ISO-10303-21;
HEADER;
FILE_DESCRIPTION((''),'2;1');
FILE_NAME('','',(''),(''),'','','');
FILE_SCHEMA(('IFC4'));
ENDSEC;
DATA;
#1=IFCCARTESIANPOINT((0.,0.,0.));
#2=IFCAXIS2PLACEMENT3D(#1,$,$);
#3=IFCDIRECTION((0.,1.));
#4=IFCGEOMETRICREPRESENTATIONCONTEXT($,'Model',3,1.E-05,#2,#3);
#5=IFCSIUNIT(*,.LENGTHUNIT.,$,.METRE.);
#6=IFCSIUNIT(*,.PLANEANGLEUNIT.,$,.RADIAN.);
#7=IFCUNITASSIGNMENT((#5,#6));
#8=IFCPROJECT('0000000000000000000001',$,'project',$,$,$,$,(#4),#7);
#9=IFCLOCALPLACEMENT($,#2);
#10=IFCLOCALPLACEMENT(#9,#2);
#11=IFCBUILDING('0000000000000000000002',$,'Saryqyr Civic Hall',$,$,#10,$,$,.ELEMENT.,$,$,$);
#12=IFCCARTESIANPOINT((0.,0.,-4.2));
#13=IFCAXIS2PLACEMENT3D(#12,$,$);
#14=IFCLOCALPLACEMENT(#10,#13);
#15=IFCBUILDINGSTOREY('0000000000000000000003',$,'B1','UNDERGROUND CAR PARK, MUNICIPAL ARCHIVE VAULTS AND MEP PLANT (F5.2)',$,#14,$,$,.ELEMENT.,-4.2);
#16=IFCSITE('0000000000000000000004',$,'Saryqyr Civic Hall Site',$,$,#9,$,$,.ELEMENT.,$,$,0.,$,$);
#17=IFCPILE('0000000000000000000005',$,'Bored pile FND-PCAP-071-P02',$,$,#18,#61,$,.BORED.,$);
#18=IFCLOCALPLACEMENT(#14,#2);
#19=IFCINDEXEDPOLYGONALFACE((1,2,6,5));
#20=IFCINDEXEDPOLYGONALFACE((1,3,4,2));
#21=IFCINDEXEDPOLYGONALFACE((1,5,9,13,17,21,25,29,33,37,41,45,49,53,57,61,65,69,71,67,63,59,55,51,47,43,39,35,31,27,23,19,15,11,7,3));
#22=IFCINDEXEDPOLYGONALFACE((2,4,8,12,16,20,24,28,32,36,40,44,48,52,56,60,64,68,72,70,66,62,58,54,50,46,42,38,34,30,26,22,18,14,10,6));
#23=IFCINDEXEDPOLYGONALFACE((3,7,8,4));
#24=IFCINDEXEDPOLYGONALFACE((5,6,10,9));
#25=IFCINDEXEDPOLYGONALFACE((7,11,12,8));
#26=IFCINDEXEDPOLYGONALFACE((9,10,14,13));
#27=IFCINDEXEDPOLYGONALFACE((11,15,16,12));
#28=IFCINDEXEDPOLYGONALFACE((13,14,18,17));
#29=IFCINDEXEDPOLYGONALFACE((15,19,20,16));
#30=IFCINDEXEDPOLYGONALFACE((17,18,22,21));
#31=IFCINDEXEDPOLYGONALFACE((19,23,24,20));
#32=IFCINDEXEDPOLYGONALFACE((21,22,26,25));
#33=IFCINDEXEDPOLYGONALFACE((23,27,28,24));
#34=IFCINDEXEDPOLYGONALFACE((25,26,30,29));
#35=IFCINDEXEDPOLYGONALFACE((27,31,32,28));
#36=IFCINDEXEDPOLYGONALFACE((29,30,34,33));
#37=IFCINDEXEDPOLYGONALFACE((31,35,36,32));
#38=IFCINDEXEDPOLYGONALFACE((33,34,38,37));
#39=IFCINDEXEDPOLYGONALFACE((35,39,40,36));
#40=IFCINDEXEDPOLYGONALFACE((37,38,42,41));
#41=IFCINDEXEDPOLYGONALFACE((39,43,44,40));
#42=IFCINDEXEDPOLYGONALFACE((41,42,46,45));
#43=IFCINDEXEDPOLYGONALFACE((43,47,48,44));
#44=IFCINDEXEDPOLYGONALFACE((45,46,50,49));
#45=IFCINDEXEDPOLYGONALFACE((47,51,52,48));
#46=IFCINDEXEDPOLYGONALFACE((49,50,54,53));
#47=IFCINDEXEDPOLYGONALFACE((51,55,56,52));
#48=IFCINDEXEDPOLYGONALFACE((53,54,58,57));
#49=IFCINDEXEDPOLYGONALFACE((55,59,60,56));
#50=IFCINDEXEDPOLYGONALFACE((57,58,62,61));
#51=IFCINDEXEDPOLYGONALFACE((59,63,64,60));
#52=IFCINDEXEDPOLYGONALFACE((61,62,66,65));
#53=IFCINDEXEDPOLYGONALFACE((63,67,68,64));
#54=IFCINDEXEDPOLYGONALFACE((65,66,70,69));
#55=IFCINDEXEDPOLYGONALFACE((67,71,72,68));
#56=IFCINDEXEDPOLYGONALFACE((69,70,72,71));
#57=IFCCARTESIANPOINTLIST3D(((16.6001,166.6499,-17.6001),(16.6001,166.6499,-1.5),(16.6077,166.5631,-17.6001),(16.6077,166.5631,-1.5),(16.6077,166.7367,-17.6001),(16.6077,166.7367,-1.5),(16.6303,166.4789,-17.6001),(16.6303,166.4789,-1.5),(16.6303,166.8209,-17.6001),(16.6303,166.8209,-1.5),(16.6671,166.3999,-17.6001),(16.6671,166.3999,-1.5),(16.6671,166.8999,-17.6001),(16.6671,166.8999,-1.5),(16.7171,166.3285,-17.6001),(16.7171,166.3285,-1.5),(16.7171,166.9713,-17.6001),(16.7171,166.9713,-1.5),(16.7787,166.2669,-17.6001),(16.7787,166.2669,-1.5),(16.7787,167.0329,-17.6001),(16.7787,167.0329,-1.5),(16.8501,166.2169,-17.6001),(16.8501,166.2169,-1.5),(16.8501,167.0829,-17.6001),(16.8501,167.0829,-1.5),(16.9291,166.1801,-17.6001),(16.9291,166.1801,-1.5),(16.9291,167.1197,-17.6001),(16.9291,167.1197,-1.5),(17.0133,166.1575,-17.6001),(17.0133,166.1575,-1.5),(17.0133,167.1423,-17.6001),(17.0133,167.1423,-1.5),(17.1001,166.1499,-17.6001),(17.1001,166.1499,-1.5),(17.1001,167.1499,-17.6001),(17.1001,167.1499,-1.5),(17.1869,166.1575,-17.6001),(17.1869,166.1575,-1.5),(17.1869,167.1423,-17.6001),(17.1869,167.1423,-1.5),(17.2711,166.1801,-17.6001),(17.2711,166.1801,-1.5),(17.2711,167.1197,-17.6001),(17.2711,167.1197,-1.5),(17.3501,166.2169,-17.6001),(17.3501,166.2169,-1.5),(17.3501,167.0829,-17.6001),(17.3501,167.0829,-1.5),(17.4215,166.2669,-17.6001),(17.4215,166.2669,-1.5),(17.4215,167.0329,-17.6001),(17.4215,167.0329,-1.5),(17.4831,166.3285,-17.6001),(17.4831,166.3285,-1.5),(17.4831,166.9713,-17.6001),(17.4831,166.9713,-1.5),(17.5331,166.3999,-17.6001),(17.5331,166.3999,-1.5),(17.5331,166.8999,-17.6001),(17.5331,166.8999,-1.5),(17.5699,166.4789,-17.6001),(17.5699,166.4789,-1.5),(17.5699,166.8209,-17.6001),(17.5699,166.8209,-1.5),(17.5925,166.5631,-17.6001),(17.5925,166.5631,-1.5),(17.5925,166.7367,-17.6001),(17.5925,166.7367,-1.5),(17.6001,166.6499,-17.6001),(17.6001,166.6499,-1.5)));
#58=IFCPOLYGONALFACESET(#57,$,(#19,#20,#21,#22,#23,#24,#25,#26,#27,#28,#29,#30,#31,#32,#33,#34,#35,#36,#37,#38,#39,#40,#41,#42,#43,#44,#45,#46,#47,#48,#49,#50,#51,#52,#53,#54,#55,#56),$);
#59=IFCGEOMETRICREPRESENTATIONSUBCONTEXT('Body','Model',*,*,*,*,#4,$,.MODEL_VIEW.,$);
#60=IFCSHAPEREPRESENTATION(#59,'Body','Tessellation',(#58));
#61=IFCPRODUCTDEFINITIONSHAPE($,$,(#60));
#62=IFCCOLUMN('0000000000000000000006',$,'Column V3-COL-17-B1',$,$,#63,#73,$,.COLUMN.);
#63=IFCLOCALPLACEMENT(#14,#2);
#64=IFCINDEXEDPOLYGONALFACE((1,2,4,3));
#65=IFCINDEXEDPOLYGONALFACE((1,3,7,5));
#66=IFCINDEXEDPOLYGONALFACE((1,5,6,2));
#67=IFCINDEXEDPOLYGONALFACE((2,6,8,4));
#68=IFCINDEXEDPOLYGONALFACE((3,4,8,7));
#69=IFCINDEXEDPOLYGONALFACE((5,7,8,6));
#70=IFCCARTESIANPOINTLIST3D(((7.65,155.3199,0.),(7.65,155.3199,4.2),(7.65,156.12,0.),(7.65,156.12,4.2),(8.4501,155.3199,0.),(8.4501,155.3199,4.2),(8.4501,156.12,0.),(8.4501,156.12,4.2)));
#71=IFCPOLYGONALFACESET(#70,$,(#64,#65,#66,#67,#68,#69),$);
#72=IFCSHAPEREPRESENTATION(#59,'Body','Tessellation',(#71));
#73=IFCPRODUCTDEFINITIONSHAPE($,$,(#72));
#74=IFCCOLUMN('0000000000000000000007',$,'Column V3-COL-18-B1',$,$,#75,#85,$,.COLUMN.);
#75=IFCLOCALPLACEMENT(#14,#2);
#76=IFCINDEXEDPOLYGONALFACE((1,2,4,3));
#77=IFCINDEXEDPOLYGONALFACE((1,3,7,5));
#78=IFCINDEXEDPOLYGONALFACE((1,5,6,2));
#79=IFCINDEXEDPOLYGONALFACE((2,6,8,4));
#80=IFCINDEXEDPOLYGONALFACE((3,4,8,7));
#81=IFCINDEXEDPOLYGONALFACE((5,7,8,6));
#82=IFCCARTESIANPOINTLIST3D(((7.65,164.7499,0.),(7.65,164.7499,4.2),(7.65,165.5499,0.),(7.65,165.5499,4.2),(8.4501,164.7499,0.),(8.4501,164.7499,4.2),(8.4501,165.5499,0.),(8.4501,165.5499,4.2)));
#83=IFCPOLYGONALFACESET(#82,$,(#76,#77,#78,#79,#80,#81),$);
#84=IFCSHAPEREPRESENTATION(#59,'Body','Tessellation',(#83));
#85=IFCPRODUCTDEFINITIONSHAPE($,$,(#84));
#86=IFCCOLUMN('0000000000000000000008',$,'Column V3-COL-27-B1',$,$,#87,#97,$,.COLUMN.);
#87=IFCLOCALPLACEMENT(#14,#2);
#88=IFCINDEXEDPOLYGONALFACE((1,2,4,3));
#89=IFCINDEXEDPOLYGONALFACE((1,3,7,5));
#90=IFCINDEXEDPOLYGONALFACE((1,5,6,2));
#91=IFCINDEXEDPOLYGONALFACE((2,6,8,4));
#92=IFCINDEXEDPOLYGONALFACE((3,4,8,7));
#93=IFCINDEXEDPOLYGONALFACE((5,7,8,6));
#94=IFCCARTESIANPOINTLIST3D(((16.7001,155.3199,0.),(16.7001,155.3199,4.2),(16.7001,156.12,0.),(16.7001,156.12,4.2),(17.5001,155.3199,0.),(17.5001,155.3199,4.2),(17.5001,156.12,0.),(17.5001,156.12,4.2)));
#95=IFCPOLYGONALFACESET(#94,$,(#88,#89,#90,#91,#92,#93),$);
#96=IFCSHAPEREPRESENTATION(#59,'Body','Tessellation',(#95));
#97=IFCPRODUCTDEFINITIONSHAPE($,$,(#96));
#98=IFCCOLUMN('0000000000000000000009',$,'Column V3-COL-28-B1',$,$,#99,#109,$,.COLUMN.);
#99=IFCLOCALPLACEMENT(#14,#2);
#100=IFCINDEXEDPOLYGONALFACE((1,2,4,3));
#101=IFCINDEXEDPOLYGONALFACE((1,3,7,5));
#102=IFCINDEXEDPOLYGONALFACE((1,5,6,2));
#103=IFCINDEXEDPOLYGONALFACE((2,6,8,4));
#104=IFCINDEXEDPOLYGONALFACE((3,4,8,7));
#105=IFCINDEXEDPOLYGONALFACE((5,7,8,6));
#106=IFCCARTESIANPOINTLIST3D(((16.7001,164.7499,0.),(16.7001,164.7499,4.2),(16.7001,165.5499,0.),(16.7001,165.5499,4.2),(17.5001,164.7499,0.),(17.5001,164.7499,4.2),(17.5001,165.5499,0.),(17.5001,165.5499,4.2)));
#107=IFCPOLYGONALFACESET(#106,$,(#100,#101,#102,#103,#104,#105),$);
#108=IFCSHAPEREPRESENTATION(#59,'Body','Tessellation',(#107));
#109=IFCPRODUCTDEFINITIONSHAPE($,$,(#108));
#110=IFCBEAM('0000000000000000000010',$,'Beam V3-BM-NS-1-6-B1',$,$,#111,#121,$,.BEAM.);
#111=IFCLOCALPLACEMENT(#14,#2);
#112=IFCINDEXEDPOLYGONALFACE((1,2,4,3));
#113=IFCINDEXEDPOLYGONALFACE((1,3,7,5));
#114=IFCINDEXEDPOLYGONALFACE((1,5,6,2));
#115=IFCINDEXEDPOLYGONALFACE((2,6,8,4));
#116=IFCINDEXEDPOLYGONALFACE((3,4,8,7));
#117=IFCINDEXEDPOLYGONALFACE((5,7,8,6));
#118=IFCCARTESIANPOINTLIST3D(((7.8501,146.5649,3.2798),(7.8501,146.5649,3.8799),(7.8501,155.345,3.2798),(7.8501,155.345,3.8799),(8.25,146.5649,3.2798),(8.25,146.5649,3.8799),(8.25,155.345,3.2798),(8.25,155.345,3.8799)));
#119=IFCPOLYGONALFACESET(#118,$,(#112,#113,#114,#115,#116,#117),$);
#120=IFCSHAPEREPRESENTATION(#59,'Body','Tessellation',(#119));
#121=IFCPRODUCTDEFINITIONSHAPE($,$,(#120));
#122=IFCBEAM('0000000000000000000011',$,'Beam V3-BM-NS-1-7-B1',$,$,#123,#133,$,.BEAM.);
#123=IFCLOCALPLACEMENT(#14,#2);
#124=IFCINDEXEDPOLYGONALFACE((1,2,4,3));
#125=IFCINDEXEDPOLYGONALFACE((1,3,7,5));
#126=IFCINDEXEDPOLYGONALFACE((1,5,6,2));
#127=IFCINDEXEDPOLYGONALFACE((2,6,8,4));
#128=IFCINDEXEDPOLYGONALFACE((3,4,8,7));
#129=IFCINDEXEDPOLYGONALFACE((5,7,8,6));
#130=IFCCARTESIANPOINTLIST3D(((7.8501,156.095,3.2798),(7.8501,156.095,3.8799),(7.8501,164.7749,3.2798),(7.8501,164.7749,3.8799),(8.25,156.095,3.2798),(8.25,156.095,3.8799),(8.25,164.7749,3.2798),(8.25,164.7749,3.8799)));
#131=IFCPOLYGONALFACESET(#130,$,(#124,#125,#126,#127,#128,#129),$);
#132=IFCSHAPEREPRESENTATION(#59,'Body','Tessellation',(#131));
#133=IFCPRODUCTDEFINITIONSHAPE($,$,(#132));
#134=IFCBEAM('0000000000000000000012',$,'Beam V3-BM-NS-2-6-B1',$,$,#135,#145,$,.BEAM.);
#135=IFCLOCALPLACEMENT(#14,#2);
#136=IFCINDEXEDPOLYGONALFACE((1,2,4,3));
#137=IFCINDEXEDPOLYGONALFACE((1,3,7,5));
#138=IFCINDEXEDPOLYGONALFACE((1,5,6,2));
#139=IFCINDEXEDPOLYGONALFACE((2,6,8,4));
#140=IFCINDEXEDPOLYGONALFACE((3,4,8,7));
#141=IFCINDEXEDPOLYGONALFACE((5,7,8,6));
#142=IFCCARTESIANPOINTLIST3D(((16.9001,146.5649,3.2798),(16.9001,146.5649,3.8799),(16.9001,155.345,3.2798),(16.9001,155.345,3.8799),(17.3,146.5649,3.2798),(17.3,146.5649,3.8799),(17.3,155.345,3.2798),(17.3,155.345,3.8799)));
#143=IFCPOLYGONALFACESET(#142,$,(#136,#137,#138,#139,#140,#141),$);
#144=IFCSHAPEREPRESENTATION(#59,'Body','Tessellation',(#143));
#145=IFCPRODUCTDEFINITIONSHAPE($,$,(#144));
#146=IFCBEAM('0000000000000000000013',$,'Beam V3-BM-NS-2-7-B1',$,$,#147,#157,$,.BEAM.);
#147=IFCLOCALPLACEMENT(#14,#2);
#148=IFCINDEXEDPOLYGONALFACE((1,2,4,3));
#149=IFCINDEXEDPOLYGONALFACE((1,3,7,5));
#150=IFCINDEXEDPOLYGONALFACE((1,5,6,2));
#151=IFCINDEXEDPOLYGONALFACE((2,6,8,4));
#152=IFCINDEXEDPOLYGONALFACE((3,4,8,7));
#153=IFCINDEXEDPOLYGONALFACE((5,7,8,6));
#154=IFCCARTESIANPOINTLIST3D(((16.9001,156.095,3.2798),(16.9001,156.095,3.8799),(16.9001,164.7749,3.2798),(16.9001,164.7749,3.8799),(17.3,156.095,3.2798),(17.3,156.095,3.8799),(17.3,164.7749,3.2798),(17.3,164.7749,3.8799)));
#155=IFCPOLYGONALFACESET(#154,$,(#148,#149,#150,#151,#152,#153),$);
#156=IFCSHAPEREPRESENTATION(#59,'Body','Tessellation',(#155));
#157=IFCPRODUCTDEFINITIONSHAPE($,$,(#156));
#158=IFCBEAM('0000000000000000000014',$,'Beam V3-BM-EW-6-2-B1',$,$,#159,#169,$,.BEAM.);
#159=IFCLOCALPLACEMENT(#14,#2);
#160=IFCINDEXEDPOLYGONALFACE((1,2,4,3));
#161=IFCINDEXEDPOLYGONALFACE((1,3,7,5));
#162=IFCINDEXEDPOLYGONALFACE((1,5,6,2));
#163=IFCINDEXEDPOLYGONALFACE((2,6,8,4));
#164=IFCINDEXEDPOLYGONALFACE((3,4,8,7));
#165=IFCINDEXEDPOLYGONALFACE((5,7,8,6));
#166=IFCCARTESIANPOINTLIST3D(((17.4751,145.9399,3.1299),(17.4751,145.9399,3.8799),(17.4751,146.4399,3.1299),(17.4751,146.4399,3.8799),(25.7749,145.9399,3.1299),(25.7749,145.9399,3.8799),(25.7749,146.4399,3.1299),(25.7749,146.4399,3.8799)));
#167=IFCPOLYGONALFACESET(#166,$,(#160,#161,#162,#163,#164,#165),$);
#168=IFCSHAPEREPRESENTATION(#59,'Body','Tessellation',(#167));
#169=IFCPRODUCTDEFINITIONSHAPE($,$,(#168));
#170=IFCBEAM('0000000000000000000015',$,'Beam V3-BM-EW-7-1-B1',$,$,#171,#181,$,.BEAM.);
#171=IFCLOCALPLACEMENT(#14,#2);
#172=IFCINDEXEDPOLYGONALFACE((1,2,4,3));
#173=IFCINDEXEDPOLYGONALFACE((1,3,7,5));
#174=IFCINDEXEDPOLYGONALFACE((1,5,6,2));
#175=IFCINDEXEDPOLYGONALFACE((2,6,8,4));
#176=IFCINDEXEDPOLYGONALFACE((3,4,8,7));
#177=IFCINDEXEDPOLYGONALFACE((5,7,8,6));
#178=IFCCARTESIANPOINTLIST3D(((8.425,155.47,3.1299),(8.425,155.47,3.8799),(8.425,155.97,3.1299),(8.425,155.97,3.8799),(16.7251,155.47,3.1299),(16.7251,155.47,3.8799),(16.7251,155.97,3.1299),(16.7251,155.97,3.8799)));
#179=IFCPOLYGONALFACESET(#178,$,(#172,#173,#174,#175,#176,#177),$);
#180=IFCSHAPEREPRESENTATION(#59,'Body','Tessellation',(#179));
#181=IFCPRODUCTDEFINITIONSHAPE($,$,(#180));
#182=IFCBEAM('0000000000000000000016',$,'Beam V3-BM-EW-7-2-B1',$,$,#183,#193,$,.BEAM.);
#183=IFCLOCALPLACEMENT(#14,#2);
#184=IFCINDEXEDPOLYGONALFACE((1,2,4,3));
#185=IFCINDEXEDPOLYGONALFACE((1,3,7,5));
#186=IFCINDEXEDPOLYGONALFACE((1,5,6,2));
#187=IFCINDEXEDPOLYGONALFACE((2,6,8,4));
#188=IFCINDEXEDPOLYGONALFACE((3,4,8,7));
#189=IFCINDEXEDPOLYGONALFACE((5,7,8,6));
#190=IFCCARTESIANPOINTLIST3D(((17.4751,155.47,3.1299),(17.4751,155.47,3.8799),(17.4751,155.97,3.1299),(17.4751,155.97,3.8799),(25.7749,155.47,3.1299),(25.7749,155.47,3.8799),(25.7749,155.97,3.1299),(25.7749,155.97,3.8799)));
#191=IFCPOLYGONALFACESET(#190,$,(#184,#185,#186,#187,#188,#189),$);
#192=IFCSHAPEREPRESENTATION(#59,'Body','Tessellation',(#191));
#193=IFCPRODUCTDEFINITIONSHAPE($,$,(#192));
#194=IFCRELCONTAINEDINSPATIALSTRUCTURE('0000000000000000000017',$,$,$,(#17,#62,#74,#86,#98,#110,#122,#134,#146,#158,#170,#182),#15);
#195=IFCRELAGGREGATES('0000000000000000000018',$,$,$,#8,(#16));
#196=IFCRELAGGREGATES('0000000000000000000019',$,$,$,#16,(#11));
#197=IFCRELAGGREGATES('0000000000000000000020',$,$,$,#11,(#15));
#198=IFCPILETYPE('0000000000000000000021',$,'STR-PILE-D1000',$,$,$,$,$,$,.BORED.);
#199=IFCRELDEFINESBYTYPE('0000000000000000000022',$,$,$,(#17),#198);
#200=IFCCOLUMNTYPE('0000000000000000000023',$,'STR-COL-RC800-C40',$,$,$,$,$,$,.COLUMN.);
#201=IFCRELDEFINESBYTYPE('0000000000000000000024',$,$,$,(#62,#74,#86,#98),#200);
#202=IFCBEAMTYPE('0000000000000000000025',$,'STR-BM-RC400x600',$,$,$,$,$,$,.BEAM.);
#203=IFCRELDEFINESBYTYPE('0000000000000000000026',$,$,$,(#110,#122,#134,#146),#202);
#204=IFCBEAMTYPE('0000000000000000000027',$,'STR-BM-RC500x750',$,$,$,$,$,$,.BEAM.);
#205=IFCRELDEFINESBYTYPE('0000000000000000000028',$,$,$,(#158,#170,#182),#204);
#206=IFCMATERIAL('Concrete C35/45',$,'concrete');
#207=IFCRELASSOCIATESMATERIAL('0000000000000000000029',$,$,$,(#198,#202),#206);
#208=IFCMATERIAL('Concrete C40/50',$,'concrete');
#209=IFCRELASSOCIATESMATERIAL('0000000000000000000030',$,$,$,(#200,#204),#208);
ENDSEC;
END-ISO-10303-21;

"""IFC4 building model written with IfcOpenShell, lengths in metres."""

from ifc_helpers import new_model, si_unit, direction, frame, origin, origin_2d, place, context, subcontext, project, spatial, rectangle, circle, extrude, material, material_profile, profile_set, type_object, element, save


model = new_model("IFC4")

# Units and contexts
model_context = context("Model", 3, precision=1e-05, world=origin(), true_north=direction((0.0, 1.0)))
body_context = subcontext(model_context, "Body", "Model", "MODEL_VIEW")
ifc_project = project(units=[si_unit("LENGTHUNIT", "METRE"), si_unit("PLANEANGLEUNIT", "RADIAN")], contexts=[model_context])

# Site, building, storey
site_placement = place(None, origin())
site = spatial("IfcSite", under=ifc_project, at=site_placement, Name="Saryqyr Civic Hall Site", CompositionType="ELEMENT", RefElevation=0.0)
building_placement = place(site_placement, origin())
building = spatial("IfcBuilding", under=site, at=building_placement, Name="Saryqyr Civic Hall", CompositionType="ELEMENT")
storey_placement = place(building_placement, frame((0.0, 0.0, -4.2)))
storey = spatial("IfcBuildingStorey", under=building, at=storey_placement, Name="B1", Description="UNDERGROUND CAR PARK, MUNICIPAL ARCHIVE VAULTS AND MEP PLANT (F5.2)", CompositionType="ELEMENT", Elevation=-4.2)

# Shared definitions
ifc_material_1 = material(Name="Concrete C35/45", Category="concrete")

# Pile
ifc_material_profile_1 = material_profile(ifc_material_1, circle(Radius=0.5, at=origin_2d()), Name="BORED PILE D1000")
ifc_profile_set_1 = profile_set([ifc_material_profile_1], Name="Concrete C35/45")
pile_type = type_object("IfcPileType", Name="STR-PILE-D1000", PredefinedType="BORED", material=ifc_profile_set_1)
for number, where, z_axis, x_axis, name in (
    (1, (17.1001, 166.6499, -1.5), (0.0, 0.0, -1.0), (1.0, 0.0, 0.0), "Bored pile FND-PCAP-071-P02"),
):
    element("IfcPile", number, at=place(storey_placement, frame(where, z_axis=z_axis, x_axis=x_axis)), inside=storey, type_object=pile_type, Name=name, PredefinedType="BORED", context=body_context, shape_type="SweptSolid", body=[
        extrude(circle(Radius=0.5, at=origin_2d()), origin(), (0.0, 0.0, 1.0), 16.1001),
    ])

# Columns
ifc_material_2 = material(Name="Concrete C40/50", Category="concrete")
ifc_material_profile_2 = material_profile(ifc_material_2, rectangle(XDim=0.8, YDim=0.8, at=origin_2d()), Name="RC 800x800")
ifc_profile_set_2 = profile_set([ifc_material_profile_2], Name="Concrete C40/50")
column_type = type_object("IfcColumnType", Name="STR-COL-RC800-C40", PredefinedType="COLUMN", material=ifc_profile_set_2)
for number, where, z_axis, x_axis, name in (
    (2, (8.05, 155.72, 0.0), (0.0, 0.0, 1.0), (1.0, 0.0, 0.0), "Column V3-COL-17-B1"),
    (3, (8.05, 165.1499, 0.0), (0.0, 0.0, 1.0), (1.0, 0.0, 0.0), "Column V3-COL-18-B1"),
    (4, (17.1001, 155.72, 0.0), (0.0, 0.0, 1.0), (1.0, 0.0, 0.0), "Column V3-COL-27-B1"),
    (5, (17.1001, 165.1499, 0.0), (0.0, 0.0, 1.0), (1.0, 0.0, 0.0), "Column V3-COL-28-B1"),
):
    element("IfcColumn", number, at=place(storey_placement, frame(where, z_axis=z_axis, x_axis=x_axis)), inside=storey, type_object=column_type, Name=name, PredefinedType="COLUMN", context=body_context, shape_type="SweptSolid", body=[
        extrude(rectangle(XDim=0.8, YDim=0.8, at=origin_2d()), origin(), (0.0, 0.0, 1.0), 4.2),
    ])

# Beams
ifc_material_profile_3 = material_profile(ifc_material_1, rectangle(XDim=0.3999, YDim=0.6001, at=origin_2d()), Name="RC 400x600")
ifc_profile_set_3 = profile_set([ifc_material_profile_3], Name="Concrete C35/45")
beam_type_1 = type_object("IfcBeamType", Name="STR-BM-RC400x600", PredefinedType="BEAM", material=ifc_profile_set_3)
beam_1_placement = place(storey_placement, frame((8.05, 146.5649, 3.5798), z_axis=(0.0, 1.0, 0.0), x_axis=(-1.0, 0.0, 0.0)))
element("IfcBeam", 6, at=beam_1_placement, inside=storey, type_object=beam_type_1, Name="Beam V3-BM-NS-1-6-B1", PredefinedType="BEAM", context=body_context, shape_type="SweptSolid", body=[
    extrude(rectangle(XDim=0.3999, YDim=0.6001, at=origin_2d()), origin(), (0.0, 0.0, 1.0), 8.78),
])
beam_2_placement = place(storey_placement, frame((8.05, 156.095, 3.5798), z_axis=(0.0, 1.0, 0.0), x_axis=(-1.0, 0.0, 0.0)))
element("IfcBeam", 7, at=beam_2_placement, inside=storey, type_object=beam_type_1, Name="Beam V3-BM-NS-1-7-B1", PredefinedType="BEAM", context=body_context, shape_type="SweptSolid", body=[
    extrude(rectangle(XDim=0.3999, YDim=0.6001, at=origin_2d()), origin(), (0.0, 0.0, 1.0), 8.6799),
])
beam_3_placement = place(storey_placement, frame((17.1001, 146.5649, 3.5798), z_axis=(0.0, 1.0, 0.0), x_axis=(-1.0, 0.0, 0.0)))
element("IfcBeam", 8, at=beam_3_placement, inside=storey, type_object=beam_type_1, Name="Beam V3-BM-NS-2-6-B1", PredefinedType="BEAM", context=body_context, shape_type="SweptSolid", body=[
    extrude(rectangle(XDim=0.3999, YDim=0.6001, at=origin_2d()), origin(), (0.0, 0.0, 1.0), 8.78),
])
beam_4_placement = place(storey_placement, frame((17.1001, 156.095, 3.5798), z_axis=(0.0, 1.0, 0.0), x_axis=(-1.0, 0.0, 0.0)))
element("IfcBeam", 9, at=beam_4_placement, inside=storey, type_object=beam_type_1, Name="Beam V3-BM-NS-2-7-B1", PredefinedType="BEAM", context=body_context, shape_type="SweptSolid", body=[
    extrude(rectangle(XDim=0.3999, YDim=0.6001, at=origin_2d()), origin(), (0.0, 0.0, 1.0), 8.6799),
])
ifc_material_profile_4 = material_profile(ifc_material_2, rectangle(XDim=0.5, YDim=0.75, at=origin_2d()), Name="RC 500x750")
ifc_profile_set_4 = profile_set([ifc_material_profile_4], Name="Concrete C40/50")
beam_type_2 = type_object("IfcBeamType", Name="STR-BM-RC500x750", PredefinedType="BEAM", material=ifc_profile_set_4)
beam_5_placement = place(storey_placement, frame((17.4751, 146.1899, 3.5049), z_axis=(1.0, 0.0, 0.0), x_axis=(0.0, 1.0, 0.0)))
element("IfcBeam", 10, at=beam_5_placement, inside=storey, type_object=beam_type_2, Name="Beam V3-BM-EW-6-2-B1", PredefinedType="BEAM", context=body_context, shape_type="SweptSolid", body=[
    extrude(rectangle(XDim=0.5, YDim=0.75, at=origin_2d()), origin(), (0.0, 0.0, 1.0), 8.2998),
])
beam_6_placement = place(storey_placement, frame((8.425, 155.72, 3.5049), z_axis=(1.0, 0.0, 0.0), x_axis=(0.0, 1.0, 0.0)))
element("IfcBeam", 11, at=beam_6_placement, inside=storey, type_object=beam_type_2, Name="Beam V3-BM-EW-7-1-B1", PredefinedType="BEAM", context=body_context, shape_type="SweptSolid", body=[
    extrude(rectangle(XDim=0.5, YDim=0.75, at=origin_2d()), origin(), (0.0, 0.0, 1.0), 8.3),
])
beam_7_placement = place(storey_placement, frame((17.4751, 155.72, 3.5049), z_axis=(1.0, 0.0, 0.0), x_axis=(0.0, 1.0, 0.0)))
element("IfcBeam", 12, at=beam_7_placement, inside=storey, type_object=beam_type_2, Name="Beam V3-BM-EW-7-2-B1", PredefinedType="BEAM", context=body_context, shape_type="SweptSolid", body=[
    extrude(rectangle(XDim=0.5, YDim=0.75, at=origin_2d()), origin(), (0.0, 0.0, 1.0), 8.2998),
])

save(model, "model.ifc")
